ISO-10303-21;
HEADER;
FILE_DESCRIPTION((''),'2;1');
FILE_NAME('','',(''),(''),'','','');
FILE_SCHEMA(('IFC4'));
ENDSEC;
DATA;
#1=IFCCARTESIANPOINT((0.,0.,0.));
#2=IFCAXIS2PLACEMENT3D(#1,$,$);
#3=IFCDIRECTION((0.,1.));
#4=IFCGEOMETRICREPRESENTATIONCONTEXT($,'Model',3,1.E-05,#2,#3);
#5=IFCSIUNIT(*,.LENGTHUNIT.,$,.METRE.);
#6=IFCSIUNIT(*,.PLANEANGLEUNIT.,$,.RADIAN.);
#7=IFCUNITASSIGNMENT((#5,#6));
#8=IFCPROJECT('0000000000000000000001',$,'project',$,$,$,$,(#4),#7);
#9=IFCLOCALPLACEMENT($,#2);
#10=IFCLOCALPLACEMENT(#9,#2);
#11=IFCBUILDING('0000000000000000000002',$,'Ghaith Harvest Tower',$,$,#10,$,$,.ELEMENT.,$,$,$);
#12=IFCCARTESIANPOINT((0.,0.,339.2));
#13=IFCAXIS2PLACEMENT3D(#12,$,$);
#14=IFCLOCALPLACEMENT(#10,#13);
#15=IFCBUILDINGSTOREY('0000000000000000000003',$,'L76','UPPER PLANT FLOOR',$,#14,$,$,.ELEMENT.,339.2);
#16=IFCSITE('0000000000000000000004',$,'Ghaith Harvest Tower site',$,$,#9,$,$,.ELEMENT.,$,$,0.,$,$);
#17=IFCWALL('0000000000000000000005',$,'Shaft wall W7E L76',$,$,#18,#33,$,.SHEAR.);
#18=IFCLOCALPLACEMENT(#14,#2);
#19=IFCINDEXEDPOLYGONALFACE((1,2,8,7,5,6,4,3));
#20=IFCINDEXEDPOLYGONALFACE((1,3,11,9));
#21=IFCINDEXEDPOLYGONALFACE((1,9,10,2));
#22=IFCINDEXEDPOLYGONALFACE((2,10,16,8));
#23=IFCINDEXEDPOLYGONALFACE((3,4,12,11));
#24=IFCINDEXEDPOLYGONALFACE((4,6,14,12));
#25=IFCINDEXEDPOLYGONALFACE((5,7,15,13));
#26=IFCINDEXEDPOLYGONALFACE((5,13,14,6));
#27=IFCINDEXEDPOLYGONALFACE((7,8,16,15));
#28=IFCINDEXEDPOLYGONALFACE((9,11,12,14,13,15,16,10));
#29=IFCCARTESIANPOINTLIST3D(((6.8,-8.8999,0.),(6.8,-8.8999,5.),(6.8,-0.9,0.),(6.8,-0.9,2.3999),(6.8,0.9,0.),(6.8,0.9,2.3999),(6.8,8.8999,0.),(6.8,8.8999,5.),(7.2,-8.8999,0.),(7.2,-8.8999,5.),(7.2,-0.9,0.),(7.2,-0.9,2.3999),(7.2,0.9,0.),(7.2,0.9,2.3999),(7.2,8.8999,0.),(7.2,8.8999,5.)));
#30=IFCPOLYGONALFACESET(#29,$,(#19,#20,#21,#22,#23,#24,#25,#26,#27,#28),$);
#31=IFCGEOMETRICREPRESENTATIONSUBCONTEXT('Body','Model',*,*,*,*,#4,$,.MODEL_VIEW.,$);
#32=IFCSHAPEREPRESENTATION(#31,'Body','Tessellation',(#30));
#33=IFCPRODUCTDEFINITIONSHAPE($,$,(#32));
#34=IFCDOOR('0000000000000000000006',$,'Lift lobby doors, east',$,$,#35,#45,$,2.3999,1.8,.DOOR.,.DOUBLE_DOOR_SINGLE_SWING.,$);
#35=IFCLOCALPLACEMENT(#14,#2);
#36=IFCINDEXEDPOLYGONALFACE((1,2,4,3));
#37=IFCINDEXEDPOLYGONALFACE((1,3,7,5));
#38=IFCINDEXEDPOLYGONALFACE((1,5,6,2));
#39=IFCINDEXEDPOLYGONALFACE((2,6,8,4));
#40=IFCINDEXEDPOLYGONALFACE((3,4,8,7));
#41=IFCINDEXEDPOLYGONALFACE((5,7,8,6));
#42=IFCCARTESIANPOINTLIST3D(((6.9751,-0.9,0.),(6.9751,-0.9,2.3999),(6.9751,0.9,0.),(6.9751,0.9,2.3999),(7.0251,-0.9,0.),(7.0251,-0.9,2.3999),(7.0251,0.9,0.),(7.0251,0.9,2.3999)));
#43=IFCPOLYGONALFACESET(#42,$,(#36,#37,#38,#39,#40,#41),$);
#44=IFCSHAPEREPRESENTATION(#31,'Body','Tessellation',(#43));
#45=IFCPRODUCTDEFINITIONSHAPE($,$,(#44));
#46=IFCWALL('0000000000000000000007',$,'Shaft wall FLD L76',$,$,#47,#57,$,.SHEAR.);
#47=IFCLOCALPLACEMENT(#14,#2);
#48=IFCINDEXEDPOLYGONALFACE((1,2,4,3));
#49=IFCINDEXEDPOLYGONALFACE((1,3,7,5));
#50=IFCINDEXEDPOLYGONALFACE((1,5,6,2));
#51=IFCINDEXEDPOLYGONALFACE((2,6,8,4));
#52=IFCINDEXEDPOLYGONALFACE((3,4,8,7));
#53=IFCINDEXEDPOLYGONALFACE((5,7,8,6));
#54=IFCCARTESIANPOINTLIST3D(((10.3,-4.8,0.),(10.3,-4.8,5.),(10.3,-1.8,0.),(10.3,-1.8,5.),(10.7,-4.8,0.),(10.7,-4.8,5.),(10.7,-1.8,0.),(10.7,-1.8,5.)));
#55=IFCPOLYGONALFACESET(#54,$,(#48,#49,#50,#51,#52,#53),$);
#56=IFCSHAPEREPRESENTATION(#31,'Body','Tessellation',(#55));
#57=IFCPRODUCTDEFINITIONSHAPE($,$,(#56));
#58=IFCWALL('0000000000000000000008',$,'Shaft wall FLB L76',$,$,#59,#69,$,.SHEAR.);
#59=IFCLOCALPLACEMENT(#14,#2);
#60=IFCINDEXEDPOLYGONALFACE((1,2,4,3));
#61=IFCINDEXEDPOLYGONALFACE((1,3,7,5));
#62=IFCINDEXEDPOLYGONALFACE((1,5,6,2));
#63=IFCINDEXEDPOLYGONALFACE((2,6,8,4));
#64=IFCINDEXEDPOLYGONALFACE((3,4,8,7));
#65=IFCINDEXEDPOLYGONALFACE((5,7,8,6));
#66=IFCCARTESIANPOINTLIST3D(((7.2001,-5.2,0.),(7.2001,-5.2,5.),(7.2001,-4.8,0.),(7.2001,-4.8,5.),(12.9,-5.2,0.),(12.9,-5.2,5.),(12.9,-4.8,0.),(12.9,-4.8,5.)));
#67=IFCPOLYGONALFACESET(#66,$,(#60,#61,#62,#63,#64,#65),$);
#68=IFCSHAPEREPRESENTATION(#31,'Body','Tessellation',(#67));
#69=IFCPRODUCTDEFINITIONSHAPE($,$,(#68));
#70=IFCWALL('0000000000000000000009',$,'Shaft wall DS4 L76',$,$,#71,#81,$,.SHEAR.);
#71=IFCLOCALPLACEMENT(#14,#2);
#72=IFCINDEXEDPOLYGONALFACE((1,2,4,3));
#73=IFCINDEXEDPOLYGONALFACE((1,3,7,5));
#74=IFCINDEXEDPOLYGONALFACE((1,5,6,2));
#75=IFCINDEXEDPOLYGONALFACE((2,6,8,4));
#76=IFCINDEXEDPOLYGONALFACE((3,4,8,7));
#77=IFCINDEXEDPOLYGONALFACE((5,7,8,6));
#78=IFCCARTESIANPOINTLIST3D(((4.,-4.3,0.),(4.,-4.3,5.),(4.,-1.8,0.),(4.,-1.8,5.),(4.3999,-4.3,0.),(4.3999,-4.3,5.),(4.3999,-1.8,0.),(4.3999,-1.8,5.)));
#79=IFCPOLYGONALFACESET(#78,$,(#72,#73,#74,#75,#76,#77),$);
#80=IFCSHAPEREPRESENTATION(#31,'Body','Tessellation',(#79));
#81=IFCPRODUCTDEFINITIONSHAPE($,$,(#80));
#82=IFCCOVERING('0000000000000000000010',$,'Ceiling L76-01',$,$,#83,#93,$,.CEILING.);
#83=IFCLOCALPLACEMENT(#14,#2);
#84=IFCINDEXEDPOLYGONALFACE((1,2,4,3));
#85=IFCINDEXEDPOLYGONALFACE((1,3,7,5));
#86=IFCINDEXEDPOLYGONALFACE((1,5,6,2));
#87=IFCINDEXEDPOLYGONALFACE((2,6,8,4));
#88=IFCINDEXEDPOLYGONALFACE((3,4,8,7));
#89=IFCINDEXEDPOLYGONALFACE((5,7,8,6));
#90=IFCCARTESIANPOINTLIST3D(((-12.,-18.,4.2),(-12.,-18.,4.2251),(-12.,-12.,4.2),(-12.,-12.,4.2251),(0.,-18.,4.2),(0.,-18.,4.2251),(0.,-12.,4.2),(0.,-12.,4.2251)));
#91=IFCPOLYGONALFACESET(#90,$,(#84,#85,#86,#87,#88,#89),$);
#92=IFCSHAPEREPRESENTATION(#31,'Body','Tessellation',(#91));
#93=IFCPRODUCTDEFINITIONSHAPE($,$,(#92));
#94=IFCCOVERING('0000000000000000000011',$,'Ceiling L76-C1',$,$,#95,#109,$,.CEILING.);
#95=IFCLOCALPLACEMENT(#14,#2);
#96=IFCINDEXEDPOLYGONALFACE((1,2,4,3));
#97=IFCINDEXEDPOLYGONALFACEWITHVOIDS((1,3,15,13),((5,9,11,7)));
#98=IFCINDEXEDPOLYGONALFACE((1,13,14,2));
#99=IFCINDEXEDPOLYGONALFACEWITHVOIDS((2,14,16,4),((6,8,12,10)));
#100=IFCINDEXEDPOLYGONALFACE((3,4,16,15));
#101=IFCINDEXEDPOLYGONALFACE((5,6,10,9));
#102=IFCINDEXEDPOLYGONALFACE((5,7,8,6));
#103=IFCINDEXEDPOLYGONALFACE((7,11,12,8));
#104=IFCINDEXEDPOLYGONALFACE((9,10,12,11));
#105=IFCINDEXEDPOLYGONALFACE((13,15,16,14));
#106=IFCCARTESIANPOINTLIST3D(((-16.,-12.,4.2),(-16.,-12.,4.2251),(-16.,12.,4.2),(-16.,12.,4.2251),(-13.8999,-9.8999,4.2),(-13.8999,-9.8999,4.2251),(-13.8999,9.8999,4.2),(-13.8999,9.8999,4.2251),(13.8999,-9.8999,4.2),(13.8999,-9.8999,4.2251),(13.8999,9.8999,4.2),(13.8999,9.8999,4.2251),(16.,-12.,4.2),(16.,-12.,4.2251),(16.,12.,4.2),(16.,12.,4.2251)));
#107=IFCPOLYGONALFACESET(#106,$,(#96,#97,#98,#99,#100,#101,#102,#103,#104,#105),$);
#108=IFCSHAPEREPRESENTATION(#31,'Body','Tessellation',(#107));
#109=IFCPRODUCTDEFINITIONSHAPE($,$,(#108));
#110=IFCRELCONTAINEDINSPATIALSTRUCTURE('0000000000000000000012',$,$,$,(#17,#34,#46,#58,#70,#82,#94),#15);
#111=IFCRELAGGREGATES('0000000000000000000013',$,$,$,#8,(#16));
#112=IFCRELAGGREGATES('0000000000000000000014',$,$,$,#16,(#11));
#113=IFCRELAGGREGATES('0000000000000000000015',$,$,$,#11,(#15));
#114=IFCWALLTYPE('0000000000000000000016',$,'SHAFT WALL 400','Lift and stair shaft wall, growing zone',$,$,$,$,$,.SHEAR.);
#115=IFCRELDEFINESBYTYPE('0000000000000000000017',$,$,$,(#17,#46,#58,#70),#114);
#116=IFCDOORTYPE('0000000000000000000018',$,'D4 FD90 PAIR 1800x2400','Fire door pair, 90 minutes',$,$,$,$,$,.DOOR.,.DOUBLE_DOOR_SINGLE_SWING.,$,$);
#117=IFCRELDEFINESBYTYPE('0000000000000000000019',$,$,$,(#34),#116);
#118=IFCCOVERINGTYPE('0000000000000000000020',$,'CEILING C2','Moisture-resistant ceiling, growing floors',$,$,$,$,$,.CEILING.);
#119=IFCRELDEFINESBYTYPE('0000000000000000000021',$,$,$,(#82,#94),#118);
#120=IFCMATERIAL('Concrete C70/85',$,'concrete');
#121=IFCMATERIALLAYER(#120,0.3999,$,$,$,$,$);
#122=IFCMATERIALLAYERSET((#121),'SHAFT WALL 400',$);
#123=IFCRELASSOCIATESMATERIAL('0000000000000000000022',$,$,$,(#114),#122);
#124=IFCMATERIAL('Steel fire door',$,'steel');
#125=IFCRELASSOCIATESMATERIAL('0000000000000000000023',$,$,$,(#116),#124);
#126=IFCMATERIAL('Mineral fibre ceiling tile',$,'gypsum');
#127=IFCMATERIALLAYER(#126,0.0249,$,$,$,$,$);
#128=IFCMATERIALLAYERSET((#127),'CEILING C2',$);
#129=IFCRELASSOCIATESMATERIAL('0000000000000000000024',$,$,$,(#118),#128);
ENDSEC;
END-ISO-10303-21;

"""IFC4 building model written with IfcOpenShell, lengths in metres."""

from ifc_helpers import new_model, si_unit, direction, frame, frame_2d, origin, place, context, subcontext, project, spatial, polyline, rectangle, outline, extrude, material, layer, layer_set, type_object, element, fill, save


model = new_model("IFC4")

# Units and contexts
model_context = context("Model", 3, precision=1e-05, world=origin(), true_north=direction((0.0, 1.0)))
body_context = subcontext(model_context, "Body", "Model", "MODEL_VIEW")
ifc_project = project(units=[si_unit("LENGTHUNIT", "METRE"), si_unit("PLANEANGLEUNIT", "RADIAN")], contexts=[model_context])

# Site, building, storey
site_placement = place(None, origin())
site = spatial("IfcSite", under=ifc_project, at=site_placement, Name="Ghaith Harvest Tower site", CompositionType="ELEMENT", RefElevation=0.0)
building_placement = place(site_placement, origin())
building = spatial("IfcBuilding", under=site, at=building_placement, Name="Ghaith Harvest Tower", CompositionType="ELEMENT")
storey_placement = place(building_placement, frame((0.0, 0.0, 339.2)))
storey = spatial("IfcBuildingStorey", under=building, at=storey_placement, Name="L76", Description="UPPER PLANT FLOOR", CompositionType="ELEMENT", Elevation=339.2)

# Wall, opening, door
ifc_material_1 = material(Name="Concrete C70/85", Category="concrete")
ifc_layer_1 = layer(ifc_material_1, 0.3999)
ifc_layer_set_1 = layer_set([ifc_layer_1], Name="SHAFT WALL 400")
wall_type_1 = type_object("IfcWallType", Name="SHAFT WALL 400", Description="Lift and stair shaft wall, growing zone", PredefinedType="SHEAR", material=ifc_layer_set_1)
wall_1_placement = place(storey_placement, frame((7.0, -8.8999, 0.0), z_axis=(0.0, 0.0, 1.0), x_axis=(0.0, 1.0, 0.0)))
wall_1 = element("IfcWall", 1, at=wall_1_placement, inside=storey, type_object=wall_type_1, Name="Shaft wall W7E L76", PredefinedType="SHEAR", context=body_context, shape_type="SweptSolid", body=[
    extrude(rectangle(XDim=17.7998, YDim=0.3999, at=frame_2d((8.8999, 0.0))), origin(), (0.0, 0.0, 1.0), 5.0),
])
opening_1_placement = place(wall_1_placement, frame((8.0, 0.0, 0.0)))
opening_1 = element("IfcOpeningElement", 2, at=opening_1_placement, cuts=wall_1, PredefinedType="OPENING", context=body_context, shape_type="SweptSolid", body=[
    extrude(rectangle(XDim=1.8, YDim=2.3999, at=frame_2d((0.8999, 1.2))), frame((0.0, 0.21, 0.0), z_axis=(0.0, -1.0, 0.0), x_axis=(1.0, 0.0, 0.0)), (0.0, 0.0, 1.0), 0.4199),
])
ifc_material_2 = material(Name="Steel fire door", Category="steel")
door_type_1 = type_object("IfcDoorType", Name="D4 FD90 PAIR 1800x2400", Description="Fire door pair, 90 minutes", OperationType="DOUBLE_DOOR_SINGLE_SWING", PredefinedType="DOOR", material=ifc_material_2)
door_1_placement = place(opening_1_placement, origin())
door_1 = element("IfcDoor", 3, at=door_1_placement, inside=storey, type_object=door_type_1, Name="Lift lobby doors, east", OperationType="DOUBLE_DOOR_SINGLE_SWING", OverallHeight=2.3999, OverallWidth=1.8, PredefinedType="DOOR", context=body_context, shape_type="SweptSolid", body=[
    extrude(rectangle(XDim=1.8, YDim=2.3999, at=frame_2d((0.8999, 1.2))), frame((0.0, 0.0249, 0.0), z_axis=(0.0, -1.0, 0.0), x_axis=(1.0, 0.0, 0.0)), (0.0, 0.0, 1.0), 0.05),
])
fill(opening_1, door_1)

# Walls
wall_2_placement = place(storey_placement, frame((10.5, -4.8, 0.0), z_axis=(0.0, 0.0, 1.0), x_axis=(0.0, 1.0, 0.0)))
element("IfcWall", 4, at=wall_2_placement, inside=storey, type_object=wall_type_1, Name="Shaft wall FLD L76", PredefinedType="SHEAR", context=body_context, shape_type="SweptSolid", body=[
    extrude(rectangle(XDim=3.0, YDim=0.3999, at=frame_2d((1.5, 0.0))), origin(), (0.0, 0.0, 1.0), 5.0),
])
wall_3_placement = place(storey_placement, frame((7.2, -5.0, 0.0), z_axis=(0.0, 0.0, 1.0), x_axis=(1.0, 0.0, 0.0)))
element("IfcWall", 5, at=wall_3_placement, inside=storey, type_object=wall_type_1, Name="Shaft wall FLB L76", PredefinedType="SHEAR", context=body_context, shape_type="SweptSolid", body=[
    extrude(rectangle(XDim=5.7, YDim=0.3999, at=frame_2d((2.8501, 0.0))), origin(), (0.0, 0.0, 1.0), 5.0),
])
wall_4_placement = place(storey_placement, frame((4.2, -4.3, 0.0), z_axis=(0.0, 0.0, 1.0), x_axis=(0.0, 1.0, 0.0)))
element("IfcWall", 6, at=wall_4_placement, inside=storey, type_object=wall_type_1, Name="Shaft wall DS4 L76", PredefinedType="SHEAR", context=body_context, shape_type="SweptSolid", body=[
    extrude(rectangle(XDim=2.5, YDim=0.3999, at=frame_2d((1.25, 0.0))), origin(), (0.0, 0.0, 1.0), 5.0),
])

# Coverings
ifc_material_3 = material(Name="Mineral fibre ceiling tile", Category="gypsum")
ifc_layer_2 = layer(ifc_material_3, 0.0249)
ifc_layer_set_2 = layer_set([ifc_layer_2], Name="CEILING C2")
covering_type = type_object("IfcCoveringType", Name="CEILING C2", Description="Moisture-resistant ceiling, growing floors", PredefinedType="CEILING", material=ifc_layer_set_2)
covering_1_placement = place(storey_placement, frame((0.0, 0.0, 4.2)))
element("IfcCovering", 7, at=covering_1_placement, inside=storey, type_object=covering_type, Name="Ceiling L76-01", PredefinedType="CEILING", context=body_context, shape_type="SweptSolid", body=[
    extrude(outline(polyline([(-12.0, -18.0), (0.0, -18.0), (0.0, -12.0), (-12.0, -12.0), (-12.0, -18.0)])), origin(), (0.0, 0.0, 1.0), 0.0251),
])
covering_2_placement = place(storey_placement, frame((0.0, 0.0, 4.2)))
element("IfcCovering", 8, at=covering_2_placement, inside=storey, type_object=covering_type, Name="Ceiling L76-C1", PredefinedType="CEILING", context=body_context, shape_type="SweptSolid", body=[
    extrude(outline(polyline([(16.0, -12.0), (-16.0, -12.0), (-16.0, 12.0), (16.0, 12.0), (16.0, -12.0)]), holes=[polyline([(-13.8999, 9.8999), (-13.8999, -9.8999), (13.8999, -9.8999), (13.8999, 9.8999), (-13.8999, 9.8999)])]), origin(), (0.0, 0.0, 1.0), 0.0251),
])

save(model, "model.ifc")
